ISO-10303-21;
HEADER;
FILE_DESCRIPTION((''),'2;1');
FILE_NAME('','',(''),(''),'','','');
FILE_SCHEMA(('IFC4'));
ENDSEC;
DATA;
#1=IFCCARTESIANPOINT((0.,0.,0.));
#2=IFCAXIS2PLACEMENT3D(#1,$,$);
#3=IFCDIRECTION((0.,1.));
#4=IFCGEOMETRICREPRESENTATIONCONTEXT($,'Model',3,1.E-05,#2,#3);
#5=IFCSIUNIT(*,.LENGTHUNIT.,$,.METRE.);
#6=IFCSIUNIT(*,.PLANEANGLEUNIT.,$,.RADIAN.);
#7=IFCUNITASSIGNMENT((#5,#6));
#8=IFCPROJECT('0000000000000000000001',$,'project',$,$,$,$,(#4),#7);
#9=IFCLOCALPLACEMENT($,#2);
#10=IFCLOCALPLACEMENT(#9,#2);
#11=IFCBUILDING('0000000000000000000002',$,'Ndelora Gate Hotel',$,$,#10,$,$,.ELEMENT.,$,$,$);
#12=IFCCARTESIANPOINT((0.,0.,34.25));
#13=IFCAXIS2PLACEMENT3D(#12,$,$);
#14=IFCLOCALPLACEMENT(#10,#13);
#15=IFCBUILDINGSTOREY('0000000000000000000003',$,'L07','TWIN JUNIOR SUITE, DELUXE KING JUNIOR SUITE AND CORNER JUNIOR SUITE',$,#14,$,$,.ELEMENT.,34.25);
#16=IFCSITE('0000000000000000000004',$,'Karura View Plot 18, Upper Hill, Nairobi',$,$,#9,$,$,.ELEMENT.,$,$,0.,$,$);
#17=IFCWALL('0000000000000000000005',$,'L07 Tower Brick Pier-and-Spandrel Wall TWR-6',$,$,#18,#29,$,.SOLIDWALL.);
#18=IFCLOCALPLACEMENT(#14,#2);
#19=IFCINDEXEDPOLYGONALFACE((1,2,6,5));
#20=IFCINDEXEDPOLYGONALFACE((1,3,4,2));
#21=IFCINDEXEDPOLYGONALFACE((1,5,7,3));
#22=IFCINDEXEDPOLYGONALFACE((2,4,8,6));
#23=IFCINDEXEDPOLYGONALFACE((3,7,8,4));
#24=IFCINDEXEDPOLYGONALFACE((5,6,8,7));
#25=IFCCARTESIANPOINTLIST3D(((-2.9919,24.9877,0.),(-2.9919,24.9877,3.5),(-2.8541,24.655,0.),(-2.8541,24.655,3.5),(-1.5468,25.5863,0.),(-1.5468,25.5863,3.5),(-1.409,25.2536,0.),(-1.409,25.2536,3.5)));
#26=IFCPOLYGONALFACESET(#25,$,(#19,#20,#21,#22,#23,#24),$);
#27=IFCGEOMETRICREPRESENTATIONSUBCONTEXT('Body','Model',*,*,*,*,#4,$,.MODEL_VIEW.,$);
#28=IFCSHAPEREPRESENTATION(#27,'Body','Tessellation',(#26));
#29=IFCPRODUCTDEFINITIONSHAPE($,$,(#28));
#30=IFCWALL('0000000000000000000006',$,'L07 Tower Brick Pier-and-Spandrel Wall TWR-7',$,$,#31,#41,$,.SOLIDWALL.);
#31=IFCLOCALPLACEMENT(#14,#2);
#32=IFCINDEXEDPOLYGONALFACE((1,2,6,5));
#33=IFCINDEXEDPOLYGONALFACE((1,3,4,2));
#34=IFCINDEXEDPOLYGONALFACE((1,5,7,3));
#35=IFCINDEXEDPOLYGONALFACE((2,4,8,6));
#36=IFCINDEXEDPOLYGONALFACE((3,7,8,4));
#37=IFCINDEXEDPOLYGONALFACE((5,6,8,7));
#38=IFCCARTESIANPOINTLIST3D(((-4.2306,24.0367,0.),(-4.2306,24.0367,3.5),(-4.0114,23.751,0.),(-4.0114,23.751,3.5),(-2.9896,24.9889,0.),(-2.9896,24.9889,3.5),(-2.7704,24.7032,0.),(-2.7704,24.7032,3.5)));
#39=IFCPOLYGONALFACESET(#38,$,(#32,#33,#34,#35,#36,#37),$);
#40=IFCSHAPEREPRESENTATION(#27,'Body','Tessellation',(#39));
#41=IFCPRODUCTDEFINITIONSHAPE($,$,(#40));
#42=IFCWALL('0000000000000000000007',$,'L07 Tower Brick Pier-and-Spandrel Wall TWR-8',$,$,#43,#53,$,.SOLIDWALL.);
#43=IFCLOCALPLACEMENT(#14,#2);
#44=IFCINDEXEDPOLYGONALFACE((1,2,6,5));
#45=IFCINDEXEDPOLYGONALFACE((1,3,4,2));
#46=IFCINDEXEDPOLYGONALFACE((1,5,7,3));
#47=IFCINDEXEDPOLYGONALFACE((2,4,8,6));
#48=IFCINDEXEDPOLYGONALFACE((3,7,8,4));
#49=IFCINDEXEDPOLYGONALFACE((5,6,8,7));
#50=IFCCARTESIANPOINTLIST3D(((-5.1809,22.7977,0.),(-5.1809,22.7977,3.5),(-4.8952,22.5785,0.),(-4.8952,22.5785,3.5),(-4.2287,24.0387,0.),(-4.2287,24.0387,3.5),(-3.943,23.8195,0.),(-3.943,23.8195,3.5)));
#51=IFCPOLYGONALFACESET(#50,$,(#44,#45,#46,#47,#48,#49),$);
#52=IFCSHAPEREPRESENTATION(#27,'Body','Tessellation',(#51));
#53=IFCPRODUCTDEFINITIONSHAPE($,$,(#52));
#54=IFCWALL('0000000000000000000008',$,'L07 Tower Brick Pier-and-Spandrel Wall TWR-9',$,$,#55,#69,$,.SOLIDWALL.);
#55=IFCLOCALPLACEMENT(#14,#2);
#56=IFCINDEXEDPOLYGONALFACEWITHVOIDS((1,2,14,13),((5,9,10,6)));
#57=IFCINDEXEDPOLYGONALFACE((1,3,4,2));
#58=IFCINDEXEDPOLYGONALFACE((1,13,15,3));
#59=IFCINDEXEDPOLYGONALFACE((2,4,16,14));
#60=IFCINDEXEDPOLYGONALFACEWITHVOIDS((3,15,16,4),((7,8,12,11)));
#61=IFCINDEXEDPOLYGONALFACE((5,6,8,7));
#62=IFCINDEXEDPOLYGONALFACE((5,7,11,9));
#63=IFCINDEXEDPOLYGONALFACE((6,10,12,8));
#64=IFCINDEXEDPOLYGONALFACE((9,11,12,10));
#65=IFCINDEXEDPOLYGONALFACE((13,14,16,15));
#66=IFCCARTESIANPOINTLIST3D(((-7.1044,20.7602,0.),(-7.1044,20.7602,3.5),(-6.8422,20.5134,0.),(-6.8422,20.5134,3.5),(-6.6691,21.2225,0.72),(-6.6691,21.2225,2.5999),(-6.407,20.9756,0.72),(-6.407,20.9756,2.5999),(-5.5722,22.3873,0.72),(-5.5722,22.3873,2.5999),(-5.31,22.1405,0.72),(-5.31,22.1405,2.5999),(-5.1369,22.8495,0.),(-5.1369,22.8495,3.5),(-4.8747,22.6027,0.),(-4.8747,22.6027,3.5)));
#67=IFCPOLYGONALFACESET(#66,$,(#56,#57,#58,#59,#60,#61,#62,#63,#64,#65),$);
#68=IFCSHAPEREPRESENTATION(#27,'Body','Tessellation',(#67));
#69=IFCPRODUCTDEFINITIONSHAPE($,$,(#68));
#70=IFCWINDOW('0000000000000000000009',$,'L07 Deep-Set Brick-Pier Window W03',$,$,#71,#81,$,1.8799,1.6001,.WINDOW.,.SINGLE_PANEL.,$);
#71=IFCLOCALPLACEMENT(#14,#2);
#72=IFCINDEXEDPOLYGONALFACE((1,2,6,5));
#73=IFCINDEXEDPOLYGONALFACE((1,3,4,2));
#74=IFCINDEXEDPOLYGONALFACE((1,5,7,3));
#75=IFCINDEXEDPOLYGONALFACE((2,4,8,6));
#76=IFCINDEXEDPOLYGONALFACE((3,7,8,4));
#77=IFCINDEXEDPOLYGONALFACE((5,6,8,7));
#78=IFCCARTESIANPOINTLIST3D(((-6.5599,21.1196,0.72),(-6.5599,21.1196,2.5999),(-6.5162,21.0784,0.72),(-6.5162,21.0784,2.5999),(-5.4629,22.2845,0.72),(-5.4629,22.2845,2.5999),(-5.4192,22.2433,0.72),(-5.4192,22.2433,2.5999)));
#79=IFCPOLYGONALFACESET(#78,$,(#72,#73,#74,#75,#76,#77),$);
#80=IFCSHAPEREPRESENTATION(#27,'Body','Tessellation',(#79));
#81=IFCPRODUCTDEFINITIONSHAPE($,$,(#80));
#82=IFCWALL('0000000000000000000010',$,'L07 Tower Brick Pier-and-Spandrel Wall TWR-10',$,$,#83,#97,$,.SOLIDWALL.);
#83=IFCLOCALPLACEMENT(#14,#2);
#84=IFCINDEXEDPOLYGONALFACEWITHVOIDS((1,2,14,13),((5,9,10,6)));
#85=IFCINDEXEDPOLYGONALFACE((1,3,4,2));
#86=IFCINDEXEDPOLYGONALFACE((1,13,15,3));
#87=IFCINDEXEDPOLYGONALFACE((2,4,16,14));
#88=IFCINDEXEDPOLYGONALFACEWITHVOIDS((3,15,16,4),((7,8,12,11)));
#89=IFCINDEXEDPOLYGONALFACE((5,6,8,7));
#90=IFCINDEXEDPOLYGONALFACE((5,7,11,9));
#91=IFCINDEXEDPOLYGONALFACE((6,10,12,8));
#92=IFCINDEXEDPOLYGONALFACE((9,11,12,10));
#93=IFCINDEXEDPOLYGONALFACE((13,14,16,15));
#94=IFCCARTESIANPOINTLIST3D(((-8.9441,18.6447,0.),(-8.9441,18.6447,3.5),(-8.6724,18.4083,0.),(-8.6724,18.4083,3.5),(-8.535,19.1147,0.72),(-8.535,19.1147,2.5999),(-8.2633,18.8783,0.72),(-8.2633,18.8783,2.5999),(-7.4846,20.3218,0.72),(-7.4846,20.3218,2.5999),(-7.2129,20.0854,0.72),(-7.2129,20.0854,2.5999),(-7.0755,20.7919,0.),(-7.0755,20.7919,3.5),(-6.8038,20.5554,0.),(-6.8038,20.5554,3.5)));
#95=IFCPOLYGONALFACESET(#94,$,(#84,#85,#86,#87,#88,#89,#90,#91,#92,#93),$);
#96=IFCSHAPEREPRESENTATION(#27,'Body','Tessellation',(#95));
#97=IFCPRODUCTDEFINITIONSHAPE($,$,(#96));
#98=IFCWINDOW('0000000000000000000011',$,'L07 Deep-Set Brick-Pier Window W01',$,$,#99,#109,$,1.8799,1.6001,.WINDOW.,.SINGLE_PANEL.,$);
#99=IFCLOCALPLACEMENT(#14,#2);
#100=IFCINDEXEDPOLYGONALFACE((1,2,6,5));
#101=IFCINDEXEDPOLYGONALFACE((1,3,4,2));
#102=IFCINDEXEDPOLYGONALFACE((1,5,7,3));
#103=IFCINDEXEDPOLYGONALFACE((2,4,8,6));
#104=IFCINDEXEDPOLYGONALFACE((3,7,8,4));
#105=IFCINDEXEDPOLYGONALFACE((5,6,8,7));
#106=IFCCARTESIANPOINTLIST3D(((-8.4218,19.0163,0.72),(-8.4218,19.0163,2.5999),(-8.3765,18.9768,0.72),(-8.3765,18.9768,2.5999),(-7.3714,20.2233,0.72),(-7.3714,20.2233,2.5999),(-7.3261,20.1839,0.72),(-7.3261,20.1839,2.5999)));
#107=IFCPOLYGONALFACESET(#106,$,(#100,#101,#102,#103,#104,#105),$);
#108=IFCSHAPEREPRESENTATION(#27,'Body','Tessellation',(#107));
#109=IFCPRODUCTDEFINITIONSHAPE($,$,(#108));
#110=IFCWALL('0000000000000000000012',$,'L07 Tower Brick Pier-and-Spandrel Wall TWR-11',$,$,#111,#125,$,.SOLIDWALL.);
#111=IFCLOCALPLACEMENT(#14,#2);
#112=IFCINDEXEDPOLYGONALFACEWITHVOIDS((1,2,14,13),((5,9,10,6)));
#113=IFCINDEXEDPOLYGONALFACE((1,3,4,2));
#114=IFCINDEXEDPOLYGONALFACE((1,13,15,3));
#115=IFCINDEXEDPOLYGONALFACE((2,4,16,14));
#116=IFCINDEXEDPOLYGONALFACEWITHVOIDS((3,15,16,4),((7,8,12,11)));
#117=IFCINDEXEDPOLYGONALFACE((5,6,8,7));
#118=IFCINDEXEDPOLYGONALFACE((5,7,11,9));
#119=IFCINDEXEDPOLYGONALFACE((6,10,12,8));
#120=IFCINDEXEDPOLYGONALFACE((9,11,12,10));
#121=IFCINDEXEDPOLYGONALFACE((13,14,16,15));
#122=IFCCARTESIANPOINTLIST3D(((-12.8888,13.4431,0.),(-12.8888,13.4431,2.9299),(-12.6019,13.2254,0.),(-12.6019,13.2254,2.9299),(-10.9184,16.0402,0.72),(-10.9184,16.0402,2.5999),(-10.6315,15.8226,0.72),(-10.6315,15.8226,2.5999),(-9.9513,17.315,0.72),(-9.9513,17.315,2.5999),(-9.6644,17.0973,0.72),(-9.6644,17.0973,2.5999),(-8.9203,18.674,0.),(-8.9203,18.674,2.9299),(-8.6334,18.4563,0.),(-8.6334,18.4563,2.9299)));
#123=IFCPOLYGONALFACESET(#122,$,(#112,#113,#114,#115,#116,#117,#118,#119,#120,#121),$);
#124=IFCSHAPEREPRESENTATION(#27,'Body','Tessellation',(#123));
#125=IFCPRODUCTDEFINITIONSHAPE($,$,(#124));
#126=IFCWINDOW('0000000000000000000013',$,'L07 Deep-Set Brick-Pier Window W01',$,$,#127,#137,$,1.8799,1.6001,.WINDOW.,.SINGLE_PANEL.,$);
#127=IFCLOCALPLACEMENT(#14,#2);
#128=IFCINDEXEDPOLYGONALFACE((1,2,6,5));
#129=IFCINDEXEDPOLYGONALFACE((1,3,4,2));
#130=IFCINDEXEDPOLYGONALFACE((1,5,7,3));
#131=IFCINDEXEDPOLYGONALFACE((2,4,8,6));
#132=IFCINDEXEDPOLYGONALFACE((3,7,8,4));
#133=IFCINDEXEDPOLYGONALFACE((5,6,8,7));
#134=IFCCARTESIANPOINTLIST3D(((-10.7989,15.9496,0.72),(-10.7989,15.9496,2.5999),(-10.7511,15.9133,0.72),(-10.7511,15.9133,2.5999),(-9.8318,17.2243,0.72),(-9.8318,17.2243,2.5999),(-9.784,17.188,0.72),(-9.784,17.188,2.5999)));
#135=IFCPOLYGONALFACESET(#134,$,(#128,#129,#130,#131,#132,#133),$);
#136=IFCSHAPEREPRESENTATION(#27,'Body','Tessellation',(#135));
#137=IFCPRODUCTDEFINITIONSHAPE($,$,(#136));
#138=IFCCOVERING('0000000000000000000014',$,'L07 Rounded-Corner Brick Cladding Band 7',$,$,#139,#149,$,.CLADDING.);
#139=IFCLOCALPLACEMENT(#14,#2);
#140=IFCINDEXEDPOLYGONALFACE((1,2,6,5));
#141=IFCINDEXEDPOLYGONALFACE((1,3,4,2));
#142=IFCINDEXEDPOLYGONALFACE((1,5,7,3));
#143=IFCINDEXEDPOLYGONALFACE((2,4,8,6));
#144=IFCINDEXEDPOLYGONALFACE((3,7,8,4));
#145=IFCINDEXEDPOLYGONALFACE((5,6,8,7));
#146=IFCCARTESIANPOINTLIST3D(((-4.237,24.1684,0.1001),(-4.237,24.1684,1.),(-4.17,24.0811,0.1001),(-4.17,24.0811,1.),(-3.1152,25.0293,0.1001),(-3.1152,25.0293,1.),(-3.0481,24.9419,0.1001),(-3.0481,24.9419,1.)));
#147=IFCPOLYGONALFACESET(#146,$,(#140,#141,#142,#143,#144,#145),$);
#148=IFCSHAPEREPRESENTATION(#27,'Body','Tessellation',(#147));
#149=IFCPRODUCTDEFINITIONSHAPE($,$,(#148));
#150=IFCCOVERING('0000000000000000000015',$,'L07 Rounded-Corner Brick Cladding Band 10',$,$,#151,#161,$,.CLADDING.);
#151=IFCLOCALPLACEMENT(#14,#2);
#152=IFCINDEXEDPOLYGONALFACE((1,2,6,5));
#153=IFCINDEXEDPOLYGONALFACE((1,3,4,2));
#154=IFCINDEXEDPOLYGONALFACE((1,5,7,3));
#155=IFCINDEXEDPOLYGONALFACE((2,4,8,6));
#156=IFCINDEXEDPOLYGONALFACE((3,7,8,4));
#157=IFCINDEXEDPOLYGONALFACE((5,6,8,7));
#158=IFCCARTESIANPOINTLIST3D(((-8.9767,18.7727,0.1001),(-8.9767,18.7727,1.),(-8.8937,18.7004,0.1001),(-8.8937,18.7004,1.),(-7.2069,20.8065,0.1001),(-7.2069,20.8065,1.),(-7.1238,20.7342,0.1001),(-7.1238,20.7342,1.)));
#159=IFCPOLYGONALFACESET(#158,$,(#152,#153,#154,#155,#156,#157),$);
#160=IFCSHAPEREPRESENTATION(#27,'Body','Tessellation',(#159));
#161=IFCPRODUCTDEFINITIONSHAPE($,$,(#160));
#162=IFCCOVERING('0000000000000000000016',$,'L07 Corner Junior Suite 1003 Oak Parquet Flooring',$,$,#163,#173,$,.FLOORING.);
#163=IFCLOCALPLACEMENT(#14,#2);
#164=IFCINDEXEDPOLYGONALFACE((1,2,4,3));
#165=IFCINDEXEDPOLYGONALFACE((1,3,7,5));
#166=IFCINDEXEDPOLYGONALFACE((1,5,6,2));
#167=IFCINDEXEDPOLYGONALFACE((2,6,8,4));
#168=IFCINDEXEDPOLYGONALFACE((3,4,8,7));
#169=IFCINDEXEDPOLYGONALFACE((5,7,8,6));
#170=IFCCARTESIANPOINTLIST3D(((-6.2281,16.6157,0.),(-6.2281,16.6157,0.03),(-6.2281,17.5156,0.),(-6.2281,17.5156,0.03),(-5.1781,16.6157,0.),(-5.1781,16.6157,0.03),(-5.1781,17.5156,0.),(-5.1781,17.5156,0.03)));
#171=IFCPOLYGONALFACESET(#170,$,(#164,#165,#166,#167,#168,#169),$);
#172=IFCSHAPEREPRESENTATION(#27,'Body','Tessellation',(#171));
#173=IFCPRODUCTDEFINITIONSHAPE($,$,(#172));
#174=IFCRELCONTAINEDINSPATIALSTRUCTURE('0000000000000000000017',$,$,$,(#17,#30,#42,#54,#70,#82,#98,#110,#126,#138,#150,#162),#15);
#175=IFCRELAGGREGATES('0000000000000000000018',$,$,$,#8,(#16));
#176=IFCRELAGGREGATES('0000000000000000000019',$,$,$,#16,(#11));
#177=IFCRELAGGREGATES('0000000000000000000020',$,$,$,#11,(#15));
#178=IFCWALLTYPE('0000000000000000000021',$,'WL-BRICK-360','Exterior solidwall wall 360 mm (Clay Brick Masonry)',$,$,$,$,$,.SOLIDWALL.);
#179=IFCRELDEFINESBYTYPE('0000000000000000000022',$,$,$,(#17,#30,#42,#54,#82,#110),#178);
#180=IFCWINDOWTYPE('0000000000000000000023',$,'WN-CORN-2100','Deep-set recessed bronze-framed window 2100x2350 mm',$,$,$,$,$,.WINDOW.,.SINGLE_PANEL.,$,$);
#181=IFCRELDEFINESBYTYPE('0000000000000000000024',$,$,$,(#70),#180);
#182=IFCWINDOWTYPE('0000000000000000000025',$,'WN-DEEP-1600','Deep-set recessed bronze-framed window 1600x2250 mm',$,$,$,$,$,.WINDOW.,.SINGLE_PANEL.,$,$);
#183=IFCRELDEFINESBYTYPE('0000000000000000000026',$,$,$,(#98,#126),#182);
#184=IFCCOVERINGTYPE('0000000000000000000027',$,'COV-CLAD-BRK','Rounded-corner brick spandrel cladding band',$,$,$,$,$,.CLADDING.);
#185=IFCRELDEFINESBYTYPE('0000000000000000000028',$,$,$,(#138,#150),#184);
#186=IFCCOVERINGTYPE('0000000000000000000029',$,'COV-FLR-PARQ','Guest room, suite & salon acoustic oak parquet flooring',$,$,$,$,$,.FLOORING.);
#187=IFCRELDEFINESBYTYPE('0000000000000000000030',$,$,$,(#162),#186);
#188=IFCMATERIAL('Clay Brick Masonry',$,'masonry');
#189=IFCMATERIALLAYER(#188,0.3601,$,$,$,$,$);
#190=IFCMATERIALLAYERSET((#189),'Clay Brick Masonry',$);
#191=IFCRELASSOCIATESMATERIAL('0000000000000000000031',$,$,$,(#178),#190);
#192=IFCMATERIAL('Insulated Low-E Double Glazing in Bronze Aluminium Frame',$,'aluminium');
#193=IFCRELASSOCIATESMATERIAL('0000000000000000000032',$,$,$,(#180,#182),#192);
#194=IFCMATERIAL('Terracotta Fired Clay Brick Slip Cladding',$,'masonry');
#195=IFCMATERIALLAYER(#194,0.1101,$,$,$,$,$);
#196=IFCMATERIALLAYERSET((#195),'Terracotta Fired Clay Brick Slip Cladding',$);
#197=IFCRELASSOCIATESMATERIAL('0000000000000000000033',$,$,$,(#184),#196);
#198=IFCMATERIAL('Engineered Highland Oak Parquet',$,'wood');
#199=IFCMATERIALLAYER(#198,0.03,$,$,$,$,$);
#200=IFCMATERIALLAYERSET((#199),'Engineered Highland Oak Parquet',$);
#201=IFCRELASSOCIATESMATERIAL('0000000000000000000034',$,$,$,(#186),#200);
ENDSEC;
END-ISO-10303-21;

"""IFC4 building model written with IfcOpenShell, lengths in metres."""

from ifc_helpers import new_model, si_unit, direction, frame, frame_2d, origin, origin_2d, place, context, subcontext, project, spatial, rectangle, extrude, material, layer, layer_set, type_object, element, fill, save


model = new_model("IFC4")

# Units and contexts
model_context = context("Model", 3, precision=1e-05, world=origin(), true_north=direction((0.0, 1.0)))
body_context = subcontext(model_context, "Body", "Model", "MODEL_VIEW")
ifc_project = project(units=[si_unit("LENGTHUNIT", "METRE"), si_unit("PLANEANGLEUNIT", "RADIAN")], contexts=[model_context])

# Site, building, storey
site_placement = place(None, origin())
site = spatial("IfcSite", under=ifc_project, at=site_placement, Name="Karura View Plot 18, Upper Hill, Nairobi", CompositionType="ELEMENT", RefElevation=0.0)
building_placement = place(site_placement, origin())
building = spatial("IfcBuilding", under=site, at=building_placement, Name="Ndelora Gate Hotel", CompositionType="ELEMENT")
storey_placement = place(building_placement, frame((0.0, 0.0, 34.25)))
storey = spatial("IfcBuildingStorey", under=building, at=storey_placement, Name="L07", Description="TWIN JUNIOR SUITE, DELUXE KING JUNIOR SUITE AND CORNER JUNIOR SUITE", CompositionType="ELEMENT", Elevation=34.25)

# Walls
ifc_material_1 = material(Name="Clay Brick Masonry", Category="masonry")
ifc_layer_1 = layer(ifc_material_1, 0.3601)
ifc_layer_set_1 = layer_set([ifc_layer_1], Name="Clay Brick Masonry")
wall_type = type_object("IfcWallType", Name="WL-BRICK-360", Description="Exterior solidwall wall 360 mm (Clay Brick Masonry)", PredefinedType="SOLIDWALL", material=ifc_layer_set_1)
for number, where, z_axis, x_axis, name in (
    (1, (-2.9231, 24.8213, 0.0), (0.0, 0.0, 1.0), (0.923865, 0.382719, 0.0), "L07 Tower Brick Pier-and-Spandrel Wall TWR-6"),
    (2, (-4.1211, 23.8938, 0.0), (0.0, 0.0, 1.0), (0.793378, 0.60873, 0.0), "L07 Tower Brick Pier-and-Spandrel Wall TWR-7"),
    (3, (-5.0381, 22.688, 0.0), (0.0, 0.0, 1.0), (0.60873, 0.793378, 0.0), "L07 Tower Brick Pier-and-Spandrel Wall TWR-8"),
):
    element("IfcWall", number, at=place(storey_placement, frame(where, z_axis=z_axis, x_axis=x_axis)), inside=storey, type_object=wall_type, Name=name, PredefinedType="SOLIDWALL", context=body_context, shape_type="SweptSolid", body=[
        extrude(rectangle(XDim=1.5642, YDim=0.3601, at=frame_2d((0.7822, 0.0))), origin(), (0.0, 0.0, 1.0), 3.5),
    ])

# Walls, openings, windows
wall_1_placement = place(storey_placement, frame((-6.9734, 20.6367, 0.0), z_axis=(0.0, 0.0, 1.0), x_axis=(0.685564, 0.728013, 0.0)))
wall_1 = element("IfcWall", 4, at=wall_1_placement, inside=storey, type_object=wall_type, Name="L07 Tower Brick Pier-and-Spandrel Wall TWR-9", PredefinedType="SOLIDWALL", context=body_context, shape_type="SweptSolid", body=[
    extrude(rectangle(XDim=2.8699, YDim=0.3601, at=frame_2d((1.4351, 0.0))), origin(), (0.0, 0.0, 1.0), 3.5),
])
opening_1_placement = place(wall_1_placement, frame((0.635, 0.0, 0.72)))
opening_1 = element("IfcOpeningElement", 5, at=opening_1_placement, cuts=wall_1, PredefinedType="OPENING", context=body_context, shape_type="SweptSolid", body=[
    extrude(rectangle(XDim=1.6001, YDim=1.8799, at=frame_2d((0.8, 0.9399))), frame((0.0, 0.1899, 0.0), z_axis=(0.0, -1.0, 0.0), x_axis=(1.0, 0.0, 0.0)), (0.0, 0.0, 1.0), 0.3801),
])
ifc_material_2 = material(Name="Insulated Low-E Double Glazing in Bronze Aluminium Frame", Category="aluminium")
window_type_1 = type_object("IfcWindowType", Name="WN-CORN-2100", Description="Deep-set recessed bronze-framed window 2100x2350 mm", PartitioningType="SINGLE_PANEL", PredefinedType="WINDOW", material=ifc_material_2)
window_1_placement = place(opening_1_placement, origin())
window_1 = element("IfcWindow", 6, at=window_1_placement, inside=storey, type_object=window_type_1, Name="L07 Deep-Set Brick-Pier Window W03", OverallHeight=1.8799, OverallWidth=1.6001, PartitioningType="SINGLE_PANEL", PredefinedType="WINDOW", context=body_context, shape_type="SweptSolid", body=[
    extrude(rectangle(XDim=1.6001, YDim=1.8799, at=frame_2d((0.8, 0.9399))), frame((0.0, 0.03, 0.0), z_axis=(0.0, -1.0, 0.0), x_axis=(1.0, 0.0, 0.0)), (0.0, 0.0, 1.0), 0.0601),
])
fill(opening_1, window_1)
wall_2_placement = place(storey_placement, frame((-8.8083, 18.5264, 0.0), z_axis=(0.0, 0.0, 1.0), x_axis=(0.65648, 0.754343, 0.0)))
wall_2 = element("IfcWall", 7, at=wall_2_placement, inside=storey, type_object=wall_type, Name="L07 Tower Brick Pier-and-Spandrel Wall TWR-10", PredefinedType="SOLIDWALL", context=body_context, shape_type="SweptSolid", body=[
    extrude(rectangle(XDim=2.8464, YDim=0.3601, at=frame_2d((1.4233, 0.0))), origin(), (0.0, 0.0, 1.0), 3.5),
])
opening_2_placement = place(wall_2_placement, frame((0.6233, 0.0, 0.72)))
opening_2 = element("IfcOpeningElement", 8, at=opening_2_placement, cuts=wall_2, PredefinedType="OPENING", context=body_context, shape_type="SweptSolid", body=[
    extrude(rectangle(XDim=1.6001, YDim=1.8799, at=frame_2d((0.8, 0.9399))), frame((0.0, 0.1899, 0.0), z_axis=(0.0, -1.0, 0.0), x_axis=(1.0, 0.0, 0.0)), (0.0, 0.0, 1.0), 0.3801),
])
window_type_2 = type_object("IfcWindowType", Name="WN-DEEP-1600", Description="Deep-set recessed bronze-framed window 1600x2250 mm", PartitioningType="SINGLE_PANEL", PredefinedType="WINDOW", material=ifc_material_2)
window_2_placement = place(opening_2_placement, origin())
window_2 = element("IfcWindow", 9, at=window_2_placement, inside=storey, type_object=window_type_2, Name="L07 Deep-Set Brick-Pier Window W01", OverallHeight=1.8799, OverallWidth=1.6001, PartitioningType="SINGLE_PANEL", PredefinedType="WINDOW", context=body_context, shape_type="SweptSolid", body=[
    extrude(rectangle(XDim=1.6001, YDim=1.8799, at=frame_2d((0.8, 0.9399))), frame((0.0, 0.03, 0.0), z_axis=(0.0, -1.0, 0.0), x_axis=(1.0, 0.0, 0.0)), (0.0, 0.0, 1.0), 0.0601),
])
fill(opening_2, window_2)
wall_3_placement = place(storey_placement, frame((-12.7454, 13.3342, 0.0), z_axis=(0.0, 0.0, 1.0), x_axis=(0.604405, 0.796677, 0.0)))
wall_3 = element("IfcWall", 10, at=wall_3_placement, inside=storey, type_object=wall_type, Name="L07 Tower Brick Pier-and-Spandrel Wall TWR-11", PredefinedType="SOLIDWALL", context=body_context, shape_type="SweptSolid", body=[
    extrude(rectangle(XDim=6.5659, YDim=0.3601, at=frame_2d((3.283, 0.0))), origin(), (0.0, 0.0, 1.0), 2.9299),
])
opening_3_placement = place(wall_3_placement, frame((3.26, 0.0, 0.72)))
opening_3 = element("IfcOpeningElement", 11, at=opening_3_placement, cuts=wall_3, PredefinedType="OPENING", context=body_context, shape_type="SweptSolid", body=[
    extrude(rectangle(XDim=1.6001, YDim=1.8799, at=frame_2d((0.8, 0.9399))), frame((0.0, 0.1899, 0.0), z_axis=(0.0, -1.0, 0.0), x_axis=(1.0, 0.0, 0.0)), (0.0, 0.0, 1.0), 0.3801),
])
window_3_placement = place(opening_3_placement, origin())
window_3 = element("IfcWindow", 12, at=window_3_placement, inside=storey, type_object=window_type_2, Name="L07 Deep-Set Brick-Pier Window W01", OverallHeight=1.8799, OverallWidth=1.6001, PartitioningType="SINGLE_PANEL", PredefinedType="WINDOW", context=body_context, shape_type="SweptSolid", body=[
    extrude(rectangle(XDim=1.6001, YDim=1.8799, at=frame_2d((0.8, 0.9399))), frame((0.0, 0.03, 0.0), z_axis=(0.0, -1.0, 0.0), x_axis=(1.0, 0.0, 0.0)), (0.0, 0.0, 1.0), 0.0601),
])
fill(opening_3, window_3)

# Coverings
ifc_material_3 = material(Name="Terracotta Fired Clay Brick Slip Cladding", Category="masonry")
ifc_layer_2 = layer(ifc_material_3, 0.1101)
ifc_layer_set_2 = layer_set([ifc_layer_2], Name="Terracotta Fired Clay Brick Slip Cladding")
covering_type_1 = type_object("IfcCoveringType", Name="COV-CLAD-BRK", Description="Rounded-corner brick spandrel cladding band", PredefinedType="CLADDING", material=ifc_layer_set_2)
covering_1_placement = place(storey_placement, frame((-3.6426, 24.5552, 0.1001), z_axis=(0.0, 0.0, 1.0), x_axis=(0.793353, 0.608761, 0.0)))
element("IfcCovering", 13, at=covering_1_placement, inside=storey, type_object=covering_type_1, Name="L07 Rounded-Corner Brick Cladding Band 7", PredefinedType="CLADDING", context=body_context, shape_type="SweptSolid", body=[
    extrude(rectangle(XDim=1.4141, YDim=0.1101, at=origin_2d()), origin(), (0.0, 0.0, 1.0), 0.8999),
])
covering_2_placement = place(storey_placement, frame((-8.0503, 19.7534, 0.1001), z_axis=(0.0, 0.0, 1.0), x_axis=(0.656454, 0.754366, 0.0)))
element("IfcCovering", 14, at=covering_2_placement, inside=storey, type_object=covering_type_1, Name="L07 Rounded-Corner Brick Cladding Band 10", PredefinedType="CLADDING", context=body_context, shape_type="SweptSolid", body=[
    extrude(rectangle(XDim=2.696, YDim=0.1101, at=origin_2d()), origin(), (0.0, 0.0, 1.0), 0.8999),
])
ifc_material_4 = material(Name="Engineered Highland Oak Parquet", Category="wood")
ifc_layer_3 = layer(ifc_material_4, 0.03)
ifc_layer_set_3 = layer_set([ifc_layer_3], Name="Engineered Highland Oak Parquet")
covering_type_2 = type_object("IfcCoveringType", Name="COV-FLR-PARQ", Description="Guest room, suite & salon acoustic oak parquet flooring", PredefinedType="FLOORING", material=ifc_layer_set_3)
covering_3_placement = place(storey_placement, frame((-5.7031, 17.0657, 0.0), z_axis=(0.0, 0.0, 1.0), x_axis=(1.0, 0.0, 0.0)))
element("IfcCovering", 15, at=covering_3_placement, inside=storey, type_object=covering_type_2, Name="L07 Corner Junior Suite 1003 Oak Parquet Flooring", PredefinedType="FLOORING", context=body_context, shape_type="SweptSolid", body=[
    extrude(rectangle(XDim=1.05, YDim=0.8999, at=origin_2d()), origin(), (0.0, 0.0, 1.0), 0.03),
])

save(model, "model.ifc")
